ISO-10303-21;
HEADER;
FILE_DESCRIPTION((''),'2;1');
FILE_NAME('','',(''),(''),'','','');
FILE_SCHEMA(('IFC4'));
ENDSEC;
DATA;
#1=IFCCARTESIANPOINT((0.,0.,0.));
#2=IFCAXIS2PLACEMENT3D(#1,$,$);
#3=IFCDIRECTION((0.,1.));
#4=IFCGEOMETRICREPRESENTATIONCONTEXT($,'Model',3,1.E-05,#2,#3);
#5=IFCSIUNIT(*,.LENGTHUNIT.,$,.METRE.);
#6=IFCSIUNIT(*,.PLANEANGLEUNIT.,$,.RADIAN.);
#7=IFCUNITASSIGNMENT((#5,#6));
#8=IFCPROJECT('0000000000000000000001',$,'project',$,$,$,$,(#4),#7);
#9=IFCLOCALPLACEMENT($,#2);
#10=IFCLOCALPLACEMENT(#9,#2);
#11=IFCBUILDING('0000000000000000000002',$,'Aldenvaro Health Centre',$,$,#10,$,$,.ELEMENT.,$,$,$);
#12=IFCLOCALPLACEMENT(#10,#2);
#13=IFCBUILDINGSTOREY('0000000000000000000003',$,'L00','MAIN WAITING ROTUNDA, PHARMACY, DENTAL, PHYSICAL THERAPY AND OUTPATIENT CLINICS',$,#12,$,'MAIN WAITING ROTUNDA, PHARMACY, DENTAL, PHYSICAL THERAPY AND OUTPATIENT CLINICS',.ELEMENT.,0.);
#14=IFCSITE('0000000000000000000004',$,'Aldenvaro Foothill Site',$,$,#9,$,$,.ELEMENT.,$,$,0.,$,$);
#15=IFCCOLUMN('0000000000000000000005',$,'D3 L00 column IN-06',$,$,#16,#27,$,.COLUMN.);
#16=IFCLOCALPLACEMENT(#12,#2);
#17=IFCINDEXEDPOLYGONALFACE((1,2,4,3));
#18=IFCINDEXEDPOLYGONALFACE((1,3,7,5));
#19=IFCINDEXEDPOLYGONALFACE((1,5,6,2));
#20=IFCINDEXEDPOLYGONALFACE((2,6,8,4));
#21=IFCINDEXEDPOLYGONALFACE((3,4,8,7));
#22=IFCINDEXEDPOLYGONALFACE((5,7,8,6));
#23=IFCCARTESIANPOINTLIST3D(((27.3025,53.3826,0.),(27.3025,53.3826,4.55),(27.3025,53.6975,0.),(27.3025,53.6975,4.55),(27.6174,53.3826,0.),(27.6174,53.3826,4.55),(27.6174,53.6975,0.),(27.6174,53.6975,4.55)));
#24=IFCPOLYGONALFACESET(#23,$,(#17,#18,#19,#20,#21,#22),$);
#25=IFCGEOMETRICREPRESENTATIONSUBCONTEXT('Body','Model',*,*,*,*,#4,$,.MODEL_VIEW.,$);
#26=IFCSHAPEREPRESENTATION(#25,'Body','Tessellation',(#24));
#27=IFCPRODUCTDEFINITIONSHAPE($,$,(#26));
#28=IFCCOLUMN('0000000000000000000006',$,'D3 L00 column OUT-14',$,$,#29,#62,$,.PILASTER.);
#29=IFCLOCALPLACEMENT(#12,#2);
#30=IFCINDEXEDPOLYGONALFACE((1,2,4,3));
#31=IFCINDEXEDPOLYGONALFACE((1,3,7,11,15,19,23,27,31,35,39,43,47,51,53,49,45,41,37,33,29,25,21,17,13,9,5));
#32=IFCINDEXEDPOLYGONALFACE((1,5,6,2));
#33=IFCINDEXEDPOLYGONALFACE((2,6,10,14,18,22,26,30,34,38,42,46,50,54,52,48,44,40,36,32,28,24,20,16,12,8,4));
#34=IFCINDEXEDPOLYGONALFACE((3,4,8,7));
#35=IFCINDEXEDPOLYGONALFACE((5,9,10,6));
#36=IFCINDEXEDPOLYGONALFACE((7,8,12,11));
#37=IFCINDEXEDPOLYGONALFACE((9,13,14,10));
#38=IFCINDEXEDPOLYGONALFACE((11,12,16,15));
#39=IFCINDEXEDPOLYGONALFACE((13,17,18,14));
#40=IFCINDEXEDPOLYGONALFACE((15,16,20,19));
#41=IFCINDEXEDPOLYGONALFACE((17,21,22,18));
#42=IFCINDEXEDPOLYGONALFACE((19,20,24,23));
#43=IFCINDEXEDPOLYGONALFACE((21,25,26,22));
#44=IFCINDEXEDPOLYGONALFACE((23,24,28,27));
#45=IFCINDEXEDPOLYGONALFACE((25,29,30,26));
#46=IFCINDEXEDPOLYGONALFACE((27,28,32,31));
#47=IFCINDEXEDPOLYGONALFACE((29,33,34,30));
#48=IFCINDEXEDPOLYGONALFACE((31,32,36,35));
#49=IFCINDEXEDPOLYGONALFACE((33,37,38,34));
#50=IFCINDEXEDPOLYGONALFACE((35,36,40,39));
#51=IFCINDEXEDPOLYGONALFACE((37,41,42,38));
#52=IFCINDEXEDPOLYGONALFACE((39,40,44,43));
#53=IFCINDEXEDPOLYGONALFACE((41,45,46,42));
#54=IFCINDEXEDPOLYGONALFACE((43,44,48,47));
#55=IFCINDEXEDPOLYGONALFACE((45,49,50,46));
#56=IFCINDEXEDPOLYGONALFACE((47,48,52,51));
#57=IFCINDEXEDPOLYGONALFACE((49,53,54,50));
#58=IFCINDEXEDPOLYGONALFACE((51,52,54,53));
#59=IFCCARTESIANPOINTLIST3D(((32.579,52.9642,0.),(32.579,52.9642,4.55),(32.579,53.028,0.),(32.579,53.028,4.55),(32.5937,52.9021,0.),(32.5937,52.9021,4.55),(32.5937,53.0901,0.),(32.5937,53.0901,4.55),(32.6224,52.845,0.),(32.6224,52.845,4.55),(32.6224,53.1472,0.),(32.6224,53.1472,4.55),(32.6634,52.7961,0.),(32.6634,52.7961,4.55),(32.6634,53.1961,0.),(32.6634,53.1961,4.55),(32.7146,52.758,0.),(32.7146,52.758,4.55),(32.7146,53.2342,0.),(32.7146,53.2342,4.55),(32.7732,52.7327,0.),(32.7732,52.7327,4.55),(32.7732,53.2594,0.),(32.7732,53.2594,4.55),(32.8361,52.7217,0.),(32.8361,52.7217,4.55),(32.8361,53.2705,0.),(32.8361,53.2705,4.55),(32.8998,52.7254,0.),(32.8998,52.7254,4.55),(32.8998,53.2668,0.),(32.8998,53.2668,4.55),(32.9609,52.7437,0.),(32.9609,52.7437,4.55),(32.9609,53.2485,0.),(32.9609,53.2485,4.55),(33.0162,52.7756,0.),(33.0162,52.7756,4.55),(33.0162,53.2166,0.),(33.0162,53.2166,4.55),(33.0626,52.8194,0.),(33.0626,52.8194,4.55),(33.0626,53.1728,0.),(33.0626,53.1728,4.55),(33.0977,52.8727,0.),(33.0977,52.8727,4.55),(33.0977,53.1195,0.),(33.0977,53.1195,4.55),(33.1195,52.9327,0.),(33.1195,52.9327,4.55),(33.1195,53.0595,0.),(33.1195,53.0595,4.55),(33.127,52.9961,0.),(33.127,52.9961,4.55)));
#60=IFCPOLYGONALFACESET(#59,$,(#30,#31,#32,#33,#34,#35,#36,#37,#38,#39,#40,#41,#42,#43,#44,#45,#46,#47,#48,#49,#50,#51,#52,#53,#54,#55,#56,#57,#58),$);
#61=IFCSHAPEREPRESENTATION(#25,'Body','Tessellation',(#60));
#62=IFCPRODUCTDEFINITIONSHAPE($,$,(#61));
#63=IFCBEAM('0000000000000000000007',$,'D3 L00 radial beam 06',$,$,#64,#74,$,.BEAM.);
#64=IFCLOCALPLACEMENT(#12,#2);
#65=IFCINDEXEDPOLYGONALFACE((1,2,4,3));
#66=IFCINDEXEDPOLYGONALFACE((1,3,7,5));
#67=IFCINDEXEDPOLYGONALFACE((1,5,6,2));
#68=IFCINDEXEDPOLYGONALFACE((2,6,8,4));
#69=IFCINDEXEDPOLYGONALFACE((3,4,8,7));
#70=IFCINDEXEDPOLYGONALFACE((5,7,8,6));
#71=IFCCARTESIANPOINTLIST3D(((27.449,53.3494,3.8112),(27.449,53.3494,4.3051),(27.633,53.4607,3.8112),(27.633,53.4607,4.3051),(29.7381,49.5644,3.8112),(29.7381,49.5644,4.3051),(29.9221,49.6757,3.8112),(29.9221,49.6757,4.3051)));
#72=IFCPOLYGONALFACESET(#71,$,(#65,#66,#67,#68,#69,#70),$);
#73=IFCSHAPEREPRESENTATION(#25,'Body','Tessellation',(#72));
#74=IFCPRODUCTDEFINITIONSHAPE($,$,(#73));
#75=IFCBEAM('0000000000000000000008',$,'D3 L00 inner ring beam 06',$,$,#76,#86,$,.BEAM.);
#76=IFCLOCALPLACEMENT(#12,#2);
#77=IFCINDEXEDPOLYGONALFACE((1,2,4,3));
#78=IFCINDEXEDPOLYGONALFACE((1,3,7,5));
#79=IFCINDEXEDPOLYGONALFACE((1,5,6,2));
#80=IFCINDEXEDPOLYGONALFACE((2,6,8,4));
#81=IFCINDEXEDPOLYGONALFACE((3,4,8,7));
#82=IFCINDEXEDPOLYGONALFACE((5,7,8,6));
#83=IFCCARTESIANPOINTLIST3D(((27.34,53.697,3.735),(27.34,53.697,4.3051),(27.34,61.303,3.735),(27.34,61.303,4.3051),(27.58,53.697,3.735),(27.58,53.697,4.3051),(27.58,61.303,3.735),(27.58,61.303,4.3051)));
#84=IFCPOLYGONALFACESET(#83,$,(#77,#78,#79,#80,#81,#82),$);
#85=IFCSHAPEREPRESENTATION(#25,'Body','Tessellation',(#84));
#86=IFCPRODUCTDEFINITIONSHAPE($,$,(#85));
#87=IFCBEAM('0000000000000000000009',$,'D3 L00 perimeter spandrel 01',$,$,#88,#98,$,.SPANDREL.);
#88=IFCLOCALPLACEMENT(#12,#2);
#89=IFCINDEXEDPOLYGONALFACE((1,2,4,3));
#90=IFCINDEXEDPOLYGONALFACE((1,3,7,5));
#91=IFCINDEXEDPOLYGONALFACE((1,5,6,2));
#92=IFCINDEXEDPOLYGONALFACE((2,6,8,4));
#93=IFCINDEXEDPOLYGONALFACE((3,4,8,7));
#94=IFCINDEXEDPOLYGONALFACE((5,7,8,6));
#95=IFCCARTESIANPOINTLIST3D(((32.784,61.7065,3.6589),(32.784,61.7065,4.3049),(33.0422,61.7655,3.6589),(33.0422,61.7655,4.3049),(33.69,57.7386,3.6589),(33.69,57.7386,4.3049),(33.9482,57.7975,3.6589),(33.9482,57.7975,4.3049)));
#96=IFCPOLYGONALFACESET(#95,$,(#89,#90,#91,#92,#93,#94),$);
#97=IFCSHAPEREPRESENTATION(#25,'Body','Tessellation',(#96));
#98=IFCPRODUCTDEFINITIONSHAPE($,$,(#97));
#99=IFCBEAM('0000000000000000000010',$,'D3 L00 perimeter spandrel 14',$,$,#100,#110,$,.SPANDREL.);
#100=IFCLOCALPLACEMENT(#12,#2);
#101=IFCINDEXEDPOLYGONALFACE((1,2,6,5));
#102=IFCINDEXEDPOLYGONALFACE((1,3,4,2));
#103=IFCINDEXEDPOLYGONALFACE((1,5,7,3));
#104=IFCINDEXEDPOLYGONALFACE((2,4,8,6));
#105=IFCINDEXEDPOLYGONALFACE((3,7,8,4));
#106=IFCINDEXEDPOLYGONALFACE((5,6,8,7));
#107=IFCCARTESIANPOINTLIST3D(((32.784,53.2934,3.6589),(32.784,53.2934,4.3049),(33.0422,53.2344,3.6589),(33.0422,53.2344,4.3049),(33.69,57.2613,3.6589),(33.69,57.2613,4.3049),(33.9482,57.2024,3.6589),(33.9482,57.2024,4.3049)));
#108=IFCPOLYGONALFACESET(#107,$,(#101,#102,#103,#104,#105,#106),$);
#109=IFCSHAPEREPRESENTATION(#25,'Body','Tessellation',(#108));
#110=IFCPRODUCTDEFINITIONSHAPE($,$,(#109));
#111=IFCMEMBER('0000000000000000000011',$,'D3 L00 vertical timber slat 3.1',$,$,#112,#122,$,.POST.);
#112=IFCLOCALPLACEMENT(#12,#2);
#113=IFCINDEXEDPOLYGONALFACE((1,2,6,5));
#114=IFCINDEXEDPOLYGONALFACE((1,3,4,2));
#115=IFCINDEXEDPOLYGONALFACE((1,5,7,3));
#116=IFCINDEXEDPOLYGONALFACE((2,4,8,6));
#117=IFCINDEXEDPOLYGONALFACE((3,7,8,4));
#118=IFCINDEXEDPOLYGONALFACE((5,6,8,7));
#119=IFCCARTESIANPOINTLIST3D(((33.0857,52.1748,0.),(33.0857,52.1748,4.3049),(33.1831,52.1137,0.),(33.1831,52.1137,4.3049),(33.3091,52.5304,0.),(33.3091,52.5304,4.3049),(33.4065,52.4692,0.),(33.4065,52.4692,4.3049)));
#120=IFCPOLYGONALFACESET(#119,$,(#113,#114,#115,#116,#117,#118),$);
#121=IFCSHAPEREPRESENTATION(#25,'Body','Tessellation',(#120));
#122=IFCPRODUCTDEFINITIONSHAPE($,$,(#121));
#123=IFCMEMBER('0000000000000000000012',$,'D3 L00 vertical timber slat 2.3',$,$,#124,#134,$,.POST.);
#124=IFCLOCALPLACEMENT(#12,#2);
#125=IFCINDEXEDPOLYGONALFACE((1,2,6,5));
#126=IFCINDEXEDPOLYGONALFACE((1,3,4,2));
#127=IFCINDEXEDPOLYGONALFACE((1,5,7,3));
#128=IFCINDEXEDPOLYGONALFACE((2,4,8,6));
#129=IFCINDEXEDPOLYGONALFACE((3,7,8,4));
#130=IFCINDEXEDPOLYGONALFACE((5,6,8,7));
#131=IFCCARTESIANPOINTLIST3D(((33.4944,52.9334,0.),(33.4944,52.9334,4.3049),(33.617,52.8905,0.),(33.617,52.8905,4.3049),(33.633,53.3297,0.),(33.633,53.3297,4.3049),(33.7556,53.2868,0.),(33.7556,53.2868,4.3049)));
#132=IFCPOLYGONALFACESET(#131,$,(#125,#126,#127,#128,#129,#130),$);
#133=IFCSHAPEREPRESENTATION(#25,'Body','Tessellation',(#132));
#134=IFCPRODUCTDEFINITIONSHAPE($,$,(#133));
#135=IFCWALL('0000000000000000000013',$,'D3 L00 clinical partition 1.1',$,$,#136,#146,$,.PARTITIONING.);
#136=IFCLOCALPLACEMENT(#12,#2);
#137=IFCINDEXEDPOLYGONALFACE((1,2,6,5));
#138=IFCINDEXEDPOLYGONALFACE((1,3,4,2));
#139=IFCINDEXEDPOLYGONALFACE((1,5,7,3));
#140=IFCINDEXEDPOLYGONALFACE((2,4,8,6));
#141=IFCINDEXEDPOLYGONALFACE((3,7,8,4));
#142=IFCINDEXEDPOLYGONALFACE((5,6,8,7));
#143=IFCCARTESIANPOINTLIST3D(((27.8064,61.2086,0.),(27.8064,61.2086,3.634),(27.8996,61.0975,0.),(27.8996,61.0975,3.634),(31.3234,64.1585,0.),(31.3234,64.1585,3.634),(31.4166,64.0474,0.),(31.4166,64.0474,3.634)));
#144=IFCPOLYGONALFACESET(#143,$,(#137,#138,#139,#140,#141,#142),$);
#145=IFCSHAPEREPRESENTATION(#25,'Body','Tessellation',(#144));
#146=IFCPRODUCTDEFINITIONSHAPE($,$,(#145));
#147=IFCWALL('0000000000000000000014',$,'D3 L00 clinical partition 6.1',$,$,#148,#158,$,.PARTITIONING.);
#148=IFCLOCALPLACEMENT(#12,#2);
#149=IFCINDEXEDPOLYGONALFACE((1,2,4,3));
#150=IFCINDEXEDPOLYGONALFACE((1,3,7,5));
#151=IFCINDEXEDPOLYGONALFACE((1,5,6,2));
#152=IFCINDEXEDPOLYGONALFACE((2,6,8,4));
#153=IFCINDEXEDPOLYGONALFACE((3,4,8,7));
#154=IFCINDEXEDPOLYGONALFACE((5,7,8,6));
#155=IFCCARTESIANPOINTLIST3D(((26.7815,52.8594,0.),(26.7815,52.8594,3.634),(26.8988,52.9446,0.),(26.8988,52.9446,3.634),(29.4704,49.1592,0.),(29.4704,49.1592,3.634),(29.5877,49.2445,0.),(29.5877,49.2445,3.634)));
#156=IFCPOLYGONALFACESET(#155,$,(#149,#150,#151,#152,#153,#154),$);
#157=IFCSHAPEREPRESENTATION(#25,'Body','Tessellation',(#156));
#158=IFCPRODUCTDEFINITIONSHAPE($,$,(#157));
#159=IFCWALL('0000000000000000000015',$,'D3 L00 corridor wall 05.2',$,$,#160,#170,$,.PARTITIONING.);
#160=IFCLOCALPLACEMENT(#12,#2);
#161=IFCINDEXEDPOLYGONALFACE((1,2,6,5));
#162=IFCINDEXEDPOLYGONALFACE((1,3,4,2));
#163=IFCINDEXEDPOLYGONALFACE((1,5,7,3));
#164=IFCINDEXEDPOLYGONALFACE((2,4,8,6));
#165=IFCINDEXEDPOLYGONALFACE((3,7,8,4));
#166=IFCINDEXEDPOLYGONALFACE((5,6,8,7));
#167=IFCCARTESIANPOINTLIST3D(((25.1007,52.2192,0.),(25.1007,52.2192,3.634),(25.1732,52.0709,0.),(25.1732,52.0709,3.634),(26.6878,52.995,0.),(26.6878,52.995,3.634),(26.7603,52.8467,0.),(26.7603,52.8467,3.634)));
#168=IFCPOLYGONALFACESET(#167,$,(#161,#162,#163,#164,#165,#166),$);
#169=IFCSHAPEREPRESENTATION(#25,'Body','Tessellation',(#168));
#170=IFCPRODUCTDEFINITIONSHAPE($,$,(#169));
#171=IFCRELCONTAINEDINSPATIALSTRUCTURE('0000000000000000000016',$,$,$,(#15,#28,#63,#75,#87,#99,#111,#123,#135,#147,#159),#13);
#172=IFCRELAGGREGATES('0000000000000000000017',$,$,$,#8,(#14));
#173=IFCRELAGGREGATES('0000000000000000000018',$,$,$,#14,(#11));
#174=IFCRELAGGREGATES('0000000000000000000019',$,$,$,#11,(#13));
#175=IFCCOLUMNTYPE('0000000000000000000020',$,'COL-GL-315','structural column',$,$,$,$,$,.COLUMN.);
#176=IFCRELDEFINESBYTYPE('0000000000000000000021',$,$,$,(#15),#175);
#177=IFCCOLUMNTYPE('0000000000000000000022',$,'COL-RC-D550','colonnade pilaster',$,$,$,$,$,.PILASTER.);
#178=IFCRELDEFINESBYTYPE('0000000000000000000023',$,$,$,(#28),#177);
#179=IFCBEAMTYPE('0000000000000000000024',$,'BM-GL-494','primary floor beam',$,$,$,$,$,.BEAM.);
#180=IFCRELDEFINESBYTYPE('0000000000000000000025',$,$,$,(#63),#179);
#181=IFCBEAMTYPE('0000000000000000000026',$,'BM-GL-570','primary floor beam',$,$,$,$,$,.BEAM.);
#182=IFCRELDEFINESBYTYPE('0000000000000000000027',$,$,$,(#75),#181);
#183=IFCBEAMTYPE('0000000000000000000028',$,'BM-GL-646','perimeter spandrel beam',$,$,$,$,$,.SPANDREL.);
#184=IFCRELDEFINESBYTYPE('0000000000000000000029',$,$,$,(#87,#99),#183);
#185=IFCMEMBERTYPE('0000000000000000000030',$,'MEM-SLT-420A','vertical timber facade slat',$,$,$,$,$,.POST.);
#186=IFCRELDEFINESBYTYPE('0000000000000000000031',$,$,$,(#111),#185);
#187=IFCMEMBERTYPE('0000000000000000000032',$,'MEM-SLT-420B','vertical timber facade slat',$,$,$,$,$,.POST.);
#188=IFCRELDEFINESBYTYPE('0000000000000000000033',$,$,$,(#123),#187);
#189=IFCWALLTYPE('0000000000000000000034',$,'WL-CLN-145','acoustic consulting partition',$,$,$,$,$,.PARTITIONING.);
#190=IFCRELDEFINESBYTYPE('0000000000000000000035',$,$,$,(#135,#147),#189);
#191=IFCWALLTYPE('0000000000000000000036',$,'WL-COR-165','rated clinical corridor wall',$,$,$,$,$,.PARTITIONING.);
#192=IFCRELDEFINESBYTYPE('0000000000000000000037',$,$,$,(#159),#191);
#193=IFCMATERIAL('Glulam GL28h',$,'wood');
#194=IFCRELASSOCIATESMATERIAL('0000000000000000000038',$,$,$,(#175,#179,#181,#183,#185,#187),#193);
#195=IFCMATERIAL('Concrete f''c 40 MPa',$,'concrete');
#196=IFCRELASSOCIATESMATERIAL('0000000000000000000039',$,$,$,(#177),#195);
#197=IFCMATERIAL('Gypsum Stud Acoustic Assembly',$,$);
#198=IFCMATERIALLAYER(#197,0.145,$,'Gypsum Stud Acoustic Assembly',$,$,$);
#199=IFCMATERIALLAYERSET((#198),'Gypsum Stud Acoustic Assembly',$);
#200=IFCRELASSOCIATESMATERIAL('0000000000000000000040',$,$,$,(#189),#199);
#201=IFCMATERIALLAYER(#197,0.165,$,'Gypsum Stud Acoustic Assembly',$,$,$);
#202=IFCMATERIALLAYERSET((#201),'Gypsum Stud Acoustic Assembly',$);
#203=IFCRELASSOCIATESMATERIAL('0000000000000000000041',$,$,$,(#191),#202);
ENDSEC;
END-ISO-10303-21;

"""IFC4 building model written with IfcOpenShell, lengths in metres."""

from ifc_helpers import new_model, si_unit, direction, frame, frame_2d, origin, origin_2d, place, context, subcontext, project, spatial, rectangle, circle, extrude, material, layer, layer_set, material_profile, profile_set, type_object, element, save


model = new_model("IFC4")

# Units and contexts
model_context = context("Model", 3, precision=1e-05, world=origin(), true_north=direction((0.0, 1.0)))
body_context = subcontext(model_context, "Body", "Model", "MODEL_VIEW")
ifc_project = project(units=[si_unit("LENGTHUNIT", "METRE"), si_unit("PLANEANGLEUNIT", "RADIAN")], contexts=[model_context])

# Site, building, storey
site_placement = place(None, origin())
site = spatial("IfcSite", under=ifc_project, at=site_placement, Name="Aldenvaro Foothill Site", CompositionType="ELEMENT", RefElevation=0.0)
building_placement = place(site_placement, origin())
building = spatial("IfcBuilding", under=site, at=building_placement, Name="Aldenvaro Health Centre", CompositionType="ELEMENT")
storey_placement = place(building_placement, origin())
storey = spatial("IfcBuildingStorey", under=building, at=storey_placement, Name="L00", Description="MAIN WAITING ROTUNDA, PHARMACY, DENTAL, PHYSICAL THERAPY AND OUTPATIENT CLINICS", LongName="MAIN WAITING ROTUNDA, PHARMACY, DENTAL, PHYSICAL THERAPY AND OUTPATIENT CLINICS", CompositionType="ELEMENT", Elevation=0.0)

# Columns
ifc_material_1 = material(Name="Glulam GL28h", Category="wood")
ifc_material_profile_1 = material_profile(ifc_material_1, rectangle(XDim=0.3149, YDim=0.3149, at=origin_2d()), Name="GL 315x315", Category="wood")
ifc_profile_set_1 = profile_set([ifc_material_profile_1], Name="Glulam GL28h")
column_type_1 = type_object("IfcColumnType", Name="COL-GL-315", Description="structural column", PredefinedType="COLUMN", material=ifc_profile_set_1)
column_1_placement = place(storey_placement, frame((27.46, 53.54, 0.0), z_axis=(0.0, 0.0, 1.0), x_axis=(1.0, 0.0, 0.0)))
element("IfcColumn", 1, at=column_1_placement, inside=storey, type_object=column_type_1, Name="D3 L00 column IN-06", PredefinedType="COLUMN", context=body_context, shape_type="SweptSolid", body=[
    extrude(rectangle(XDim=0.3149, YDim=0.3149, at=origin_2d()), origin(), (0.0, 0.0, 1.0), 4.55),
])
ifc_material_2 = material(Name="Concrete f'c 40 MPa", Category="concrete")
ifc_material_profile_2 = material_profile(ifc_material_2, circle(Radius=0.2749, at=origin_2d()), Name="RC D550", Category="concrete")
ifc_profile_set_2 = profile_set([ifc_material_profile_2], Name="Concrete f'c 40 MPa")
column_type_2 = type_object("IfcColumnType", Name="COL-RC-D550", Description="colonnade pilaster", PredefinedType="PILASTER", material=ifc_profile_set_2)
column_2_placement = place(storey_placement, frame((32.8521, 52.9961, 0.0), z_axis=(0.0, 0.0, 1.0), x_axis=(1.0, 0.0, 0.0)))
element("IfcColumn", 2, at=column_2_placement, inside=storey, type_object=column_type_2, Name="D3 L00 column OUT-14", PredefinedType="PILASTER", context=body_context, shape_type="SweptSolid", body=[
    extrude(circle(Radius=0.2749, at=origin_2d()), origin(), (0.0, 0.0, 1.0), 4.55),
])

# Beams
ifc_material_profile_3 = material_profile(ifc_material_1, rectangle(XDim=0.2151, YDim=0.4939, at=origin_2d()), Name="GL 215x494", Category="wood")
ifc_profile_set_3 = profile_set([ifc_material_profile_3], Name="Glulam GL28h")
beam_type_1 = type_object("IfcBeamType", Name="BM-GL-494", Description="primary floor beam", PredefinedType="BEAM", material=ifc_profile_set_3)
beam_1_placement = place(storey_placement, frame((27.541, 53.405, 4.0581), z_axis=(0.517504, -0.855681, 0.0), x_axis=(0.855681, 0.517504, 0.0)))
element("IfcBeam", 3, at=beam_1_placement, inside=storey, type_object=beam_type_1, Name="D3 L00 radial beam 06", PredefinedType="BEAM", context=body_context, shape_type="SweptSolid", body=[
    extrude(rectangle(XDim=0.2151, YDim=0.4939, at=origin_2d()), origin(), (0.0, 0.0, 1.0), 4.4233),
])
ifc_material_profile_4 = material_profile(ifc_material_1, rectangle(XDim=0.24, YDim=0.5701, at=origin_2d()), Name="GL 240x570", Category="wood")
ifc_profile_set_4 = profile_set([ifc_material_profile_4], Name="Glulam GL28h")
beam_type_2 = type_object("IfcBeamType", Name="BM-GL-570", Description="primary floor beam", PredefinedType="BEAM", material=ifc_profile_set_4)
beam_2_placement = place(storey_placement, frame((27.46, 53.697, 4.02), z_axis=(0.0, 1.0, 0.0), x_axis=(-1.0, 0.0, 0.0)))
element("IfcBeam", 4, at=beam_2_placement, inside=storey, type_object=beam_type_2, Name="D3 L00 inner ring beam 06", PredefinedType="BEAM", context=body_context, shape_type="SweptSolid", body=[
    extrude(rectangle(XDim=0.24, YDim=0.5701, at=origin_2d()), origin(), (0.0, 0.0, 1.0), 7.606),
])
ifc_material_profile_5 = material_profile(ifc_material_1, rectangle(XDim=0.2649, YDim=0.646, at=origin_2d()), Name="GL 265x646", Category="wood")
ifc_profile_set_5 = profile_set([ifc_material_profile_5], Name="Glulam GL28h")
beam_type_3 = type_object("IfcBeamType", Name="BM-GL-646", Description="perimeter spandrel beam", PredefinedType="SPANDREL", material=ifc_profile_set_5)
for number, where, z_axis, x_axis, name in (
    (5, (33.8191, 57.7681, 3.9819), (-0.222598, 0.97491, 0.0), (-0.97491, -0.222598, 0.0), "D3 L00 perimeter spandrel 01"),
    (6, (32.9131, 53.2639, 3.9819), (0.222598, 0.97491, 0.0), (-0.97491, 0.222598, 0.0), "D3 L00 perimeter spandrel 14"),
):
    element("IfcBeam", number, at=place(storey_placement, frame(where, z_axis=z_axis, x_axis=x_axis)), inside=storey, type_object=beam_type_3, Name=name, PredefinedType="SPANDREL", context=body_context, shape_type="SweptSolid", body=[
        extrude(rectangle(XDim=0.2649, YDim=0.646, at=origin_2d()), origin(), (0.0, 0.0, 1.0), 4.0701),
    ])

# Members
ifc_material_profile_6 = material_profile(ifc_material_1, rectangle(XDim=0.115, YDim=0.4199, at=origin_2d()), Name="GL 115x420", Category="wood")
ifc_profile_set_6 = profile_set([ifc_material_profile_6], Name="Glulam GL28h")
member_type_1 = type_object("IfcMemberType", Name="MEM-SLT-420A", Description="vertical timber facade slat", PredefinedType="POST", material=ifc_profile_set_6)
member_1_placement = place(storey_placement, frame((33.2461, 52.322, 0.0), z_axis=(0.0, 0.0, 1.0), x_axis=(0.846684, -0.532096, 0.0)))
element("IfcMember", 7, at=member_1_placement, inside=storey, type_object=member_type_1, Name="D3 L00 vertical timber slat 3.1", PredefinedType="POST", context=body_context, shape_type="SweptSolid", body=[
    extrude(rectangle(XDim=0.115, YDim=0.4199, at=origin_2d()), origin(), (0.0, 0.0, 1.0), 4.3049),
])
ifc_material_profile_7 = material_profile(ifc_material_1, rectangle(XDim=0.1299, YDim=0.4199, at=origin_2d()), Name="GL 130x420", Category="wood")
ifc_profile_set_7 = profile_set([ifc_material_profile_7], Name="Glulam GL28h")
member_type_2 = type_object("IfcMemberType", Name="MEM-SLT-420B", Description="vertical timber facade slat", PredefinedType="POST", material=ifc_profile_set_7)
member_2_placement = place(storey_placement, frame((33.625, 53.1101, 0.0), z_axis=(0.0, 0.0, 1.0), x_axis=(0.943909, -0.330204, 0.0)))
element("IfcMember", 8, at=member_2_placement, inside=storey, type_object=member_type_2, Name="D3 L00 vertical timber slat 2.3", PredefinedType="POST", context=body_context, shape_type="SweptSolid", body=[
    extrude(rectangle(XDim=0.1299, YDim=0.4199, at=origin_2d()), origin(), (0.0, 0.0, 1.0), 4.3049),
])

# Walls
ifc_material_3 = material(Name="Gypsum Stud Acoustic Assembly")
ifc_layer_1 = layer(ifc_material_3, 0.145, Name="Gypsum Stud Acoustic Assembly")
ifc_layer_set_1 = layer_set([ifc_layer_1], Name="Gypsum Stud Acoustic Assembly")
wall_type_1 = type_object("IfcWallType", Name="WL-CLN-145", Description="acoustic consulting partition", PredefinedType="PARTITIONING", material=ifc_layer_set_1)
wall_1_placement = place(storey_placement, frame((27.853, 61.1531, 0.0), z_axis=(0.0, 0.0, 1.0), x_axis=(0.766177, 0.642629, 0.0)))
element("IfcWall", 9, at=wall_1_placement, inside=storey, type_object=wall_type_1, Name="D3 L00 clinical partition 1.1", PredefinedType="PARTITIONING", context=body_context, shape_type="SweptSolid", body=[
    extrude(rectangle(XDim=4.5903, YDim=0.145, at=frame_2d((2.2952, 0.0))), origin(), (0.0, 0.0, 1.0), 3.634),
])
wall_2_placement = place(storey_placement, frame((26.8401, 52.9021, 0.0), z_axis=(0.0, 0.0, 1.0), x_axis=(0.587873, -0.808953, 0.0)))
element("IfcWall", 10, at=wall_2_placement, inside=storey, type_object=wall_type_1, Name="D3 L00 clinical partition 6.1", PredefinedType="PARTITIONING", context=body_context, shape_type="SweptSolid", body=[
    extrude(rectangle(XDim=4.574, YDim=0.145, at=frame_2d((2.2871, 0.0))), origin(), (0.0, 0.0, 1.0), 3.634),
])
ifc_layer_2 = layer(ifc_material_3, 0.165, Name="Gypsum Stud Acoustic Assembly")
ifc_layer_set_2 = layer_set([ifc_layer_2], Name="Gypsum Stud Acoustic Assembly")
wall_type_2 = type_object("IfcWallType", Name="WL-COR-165", Description="rated clinical corridor wall", PredefinedType="PARTITIONING", material=ifc_layer_set_2)
wall_3_placement = place(storey_placement, frame((25.137, 52.145, 0.0), z_axis=(0.0, 0.0, 1.0), x_axis=(0.898399, 0.43918, 0.0)))
element("IfcWall", 11, at=wall_3_placement, inside=storey, type_object=wall_type_2, Name="D3 L00 corridor wall 05.2", PredefinedType="PARTITIONING", context=body_context, shape_type="SweptSolid", body=[
    extrude(rectangle(XDim=1.7666, YDim=0.165, at=frame_2d((0.8833, 0.0))), origin(), (0.0, 0.0, 1.0), 3.634),
])

save(model, "model.ifc")
